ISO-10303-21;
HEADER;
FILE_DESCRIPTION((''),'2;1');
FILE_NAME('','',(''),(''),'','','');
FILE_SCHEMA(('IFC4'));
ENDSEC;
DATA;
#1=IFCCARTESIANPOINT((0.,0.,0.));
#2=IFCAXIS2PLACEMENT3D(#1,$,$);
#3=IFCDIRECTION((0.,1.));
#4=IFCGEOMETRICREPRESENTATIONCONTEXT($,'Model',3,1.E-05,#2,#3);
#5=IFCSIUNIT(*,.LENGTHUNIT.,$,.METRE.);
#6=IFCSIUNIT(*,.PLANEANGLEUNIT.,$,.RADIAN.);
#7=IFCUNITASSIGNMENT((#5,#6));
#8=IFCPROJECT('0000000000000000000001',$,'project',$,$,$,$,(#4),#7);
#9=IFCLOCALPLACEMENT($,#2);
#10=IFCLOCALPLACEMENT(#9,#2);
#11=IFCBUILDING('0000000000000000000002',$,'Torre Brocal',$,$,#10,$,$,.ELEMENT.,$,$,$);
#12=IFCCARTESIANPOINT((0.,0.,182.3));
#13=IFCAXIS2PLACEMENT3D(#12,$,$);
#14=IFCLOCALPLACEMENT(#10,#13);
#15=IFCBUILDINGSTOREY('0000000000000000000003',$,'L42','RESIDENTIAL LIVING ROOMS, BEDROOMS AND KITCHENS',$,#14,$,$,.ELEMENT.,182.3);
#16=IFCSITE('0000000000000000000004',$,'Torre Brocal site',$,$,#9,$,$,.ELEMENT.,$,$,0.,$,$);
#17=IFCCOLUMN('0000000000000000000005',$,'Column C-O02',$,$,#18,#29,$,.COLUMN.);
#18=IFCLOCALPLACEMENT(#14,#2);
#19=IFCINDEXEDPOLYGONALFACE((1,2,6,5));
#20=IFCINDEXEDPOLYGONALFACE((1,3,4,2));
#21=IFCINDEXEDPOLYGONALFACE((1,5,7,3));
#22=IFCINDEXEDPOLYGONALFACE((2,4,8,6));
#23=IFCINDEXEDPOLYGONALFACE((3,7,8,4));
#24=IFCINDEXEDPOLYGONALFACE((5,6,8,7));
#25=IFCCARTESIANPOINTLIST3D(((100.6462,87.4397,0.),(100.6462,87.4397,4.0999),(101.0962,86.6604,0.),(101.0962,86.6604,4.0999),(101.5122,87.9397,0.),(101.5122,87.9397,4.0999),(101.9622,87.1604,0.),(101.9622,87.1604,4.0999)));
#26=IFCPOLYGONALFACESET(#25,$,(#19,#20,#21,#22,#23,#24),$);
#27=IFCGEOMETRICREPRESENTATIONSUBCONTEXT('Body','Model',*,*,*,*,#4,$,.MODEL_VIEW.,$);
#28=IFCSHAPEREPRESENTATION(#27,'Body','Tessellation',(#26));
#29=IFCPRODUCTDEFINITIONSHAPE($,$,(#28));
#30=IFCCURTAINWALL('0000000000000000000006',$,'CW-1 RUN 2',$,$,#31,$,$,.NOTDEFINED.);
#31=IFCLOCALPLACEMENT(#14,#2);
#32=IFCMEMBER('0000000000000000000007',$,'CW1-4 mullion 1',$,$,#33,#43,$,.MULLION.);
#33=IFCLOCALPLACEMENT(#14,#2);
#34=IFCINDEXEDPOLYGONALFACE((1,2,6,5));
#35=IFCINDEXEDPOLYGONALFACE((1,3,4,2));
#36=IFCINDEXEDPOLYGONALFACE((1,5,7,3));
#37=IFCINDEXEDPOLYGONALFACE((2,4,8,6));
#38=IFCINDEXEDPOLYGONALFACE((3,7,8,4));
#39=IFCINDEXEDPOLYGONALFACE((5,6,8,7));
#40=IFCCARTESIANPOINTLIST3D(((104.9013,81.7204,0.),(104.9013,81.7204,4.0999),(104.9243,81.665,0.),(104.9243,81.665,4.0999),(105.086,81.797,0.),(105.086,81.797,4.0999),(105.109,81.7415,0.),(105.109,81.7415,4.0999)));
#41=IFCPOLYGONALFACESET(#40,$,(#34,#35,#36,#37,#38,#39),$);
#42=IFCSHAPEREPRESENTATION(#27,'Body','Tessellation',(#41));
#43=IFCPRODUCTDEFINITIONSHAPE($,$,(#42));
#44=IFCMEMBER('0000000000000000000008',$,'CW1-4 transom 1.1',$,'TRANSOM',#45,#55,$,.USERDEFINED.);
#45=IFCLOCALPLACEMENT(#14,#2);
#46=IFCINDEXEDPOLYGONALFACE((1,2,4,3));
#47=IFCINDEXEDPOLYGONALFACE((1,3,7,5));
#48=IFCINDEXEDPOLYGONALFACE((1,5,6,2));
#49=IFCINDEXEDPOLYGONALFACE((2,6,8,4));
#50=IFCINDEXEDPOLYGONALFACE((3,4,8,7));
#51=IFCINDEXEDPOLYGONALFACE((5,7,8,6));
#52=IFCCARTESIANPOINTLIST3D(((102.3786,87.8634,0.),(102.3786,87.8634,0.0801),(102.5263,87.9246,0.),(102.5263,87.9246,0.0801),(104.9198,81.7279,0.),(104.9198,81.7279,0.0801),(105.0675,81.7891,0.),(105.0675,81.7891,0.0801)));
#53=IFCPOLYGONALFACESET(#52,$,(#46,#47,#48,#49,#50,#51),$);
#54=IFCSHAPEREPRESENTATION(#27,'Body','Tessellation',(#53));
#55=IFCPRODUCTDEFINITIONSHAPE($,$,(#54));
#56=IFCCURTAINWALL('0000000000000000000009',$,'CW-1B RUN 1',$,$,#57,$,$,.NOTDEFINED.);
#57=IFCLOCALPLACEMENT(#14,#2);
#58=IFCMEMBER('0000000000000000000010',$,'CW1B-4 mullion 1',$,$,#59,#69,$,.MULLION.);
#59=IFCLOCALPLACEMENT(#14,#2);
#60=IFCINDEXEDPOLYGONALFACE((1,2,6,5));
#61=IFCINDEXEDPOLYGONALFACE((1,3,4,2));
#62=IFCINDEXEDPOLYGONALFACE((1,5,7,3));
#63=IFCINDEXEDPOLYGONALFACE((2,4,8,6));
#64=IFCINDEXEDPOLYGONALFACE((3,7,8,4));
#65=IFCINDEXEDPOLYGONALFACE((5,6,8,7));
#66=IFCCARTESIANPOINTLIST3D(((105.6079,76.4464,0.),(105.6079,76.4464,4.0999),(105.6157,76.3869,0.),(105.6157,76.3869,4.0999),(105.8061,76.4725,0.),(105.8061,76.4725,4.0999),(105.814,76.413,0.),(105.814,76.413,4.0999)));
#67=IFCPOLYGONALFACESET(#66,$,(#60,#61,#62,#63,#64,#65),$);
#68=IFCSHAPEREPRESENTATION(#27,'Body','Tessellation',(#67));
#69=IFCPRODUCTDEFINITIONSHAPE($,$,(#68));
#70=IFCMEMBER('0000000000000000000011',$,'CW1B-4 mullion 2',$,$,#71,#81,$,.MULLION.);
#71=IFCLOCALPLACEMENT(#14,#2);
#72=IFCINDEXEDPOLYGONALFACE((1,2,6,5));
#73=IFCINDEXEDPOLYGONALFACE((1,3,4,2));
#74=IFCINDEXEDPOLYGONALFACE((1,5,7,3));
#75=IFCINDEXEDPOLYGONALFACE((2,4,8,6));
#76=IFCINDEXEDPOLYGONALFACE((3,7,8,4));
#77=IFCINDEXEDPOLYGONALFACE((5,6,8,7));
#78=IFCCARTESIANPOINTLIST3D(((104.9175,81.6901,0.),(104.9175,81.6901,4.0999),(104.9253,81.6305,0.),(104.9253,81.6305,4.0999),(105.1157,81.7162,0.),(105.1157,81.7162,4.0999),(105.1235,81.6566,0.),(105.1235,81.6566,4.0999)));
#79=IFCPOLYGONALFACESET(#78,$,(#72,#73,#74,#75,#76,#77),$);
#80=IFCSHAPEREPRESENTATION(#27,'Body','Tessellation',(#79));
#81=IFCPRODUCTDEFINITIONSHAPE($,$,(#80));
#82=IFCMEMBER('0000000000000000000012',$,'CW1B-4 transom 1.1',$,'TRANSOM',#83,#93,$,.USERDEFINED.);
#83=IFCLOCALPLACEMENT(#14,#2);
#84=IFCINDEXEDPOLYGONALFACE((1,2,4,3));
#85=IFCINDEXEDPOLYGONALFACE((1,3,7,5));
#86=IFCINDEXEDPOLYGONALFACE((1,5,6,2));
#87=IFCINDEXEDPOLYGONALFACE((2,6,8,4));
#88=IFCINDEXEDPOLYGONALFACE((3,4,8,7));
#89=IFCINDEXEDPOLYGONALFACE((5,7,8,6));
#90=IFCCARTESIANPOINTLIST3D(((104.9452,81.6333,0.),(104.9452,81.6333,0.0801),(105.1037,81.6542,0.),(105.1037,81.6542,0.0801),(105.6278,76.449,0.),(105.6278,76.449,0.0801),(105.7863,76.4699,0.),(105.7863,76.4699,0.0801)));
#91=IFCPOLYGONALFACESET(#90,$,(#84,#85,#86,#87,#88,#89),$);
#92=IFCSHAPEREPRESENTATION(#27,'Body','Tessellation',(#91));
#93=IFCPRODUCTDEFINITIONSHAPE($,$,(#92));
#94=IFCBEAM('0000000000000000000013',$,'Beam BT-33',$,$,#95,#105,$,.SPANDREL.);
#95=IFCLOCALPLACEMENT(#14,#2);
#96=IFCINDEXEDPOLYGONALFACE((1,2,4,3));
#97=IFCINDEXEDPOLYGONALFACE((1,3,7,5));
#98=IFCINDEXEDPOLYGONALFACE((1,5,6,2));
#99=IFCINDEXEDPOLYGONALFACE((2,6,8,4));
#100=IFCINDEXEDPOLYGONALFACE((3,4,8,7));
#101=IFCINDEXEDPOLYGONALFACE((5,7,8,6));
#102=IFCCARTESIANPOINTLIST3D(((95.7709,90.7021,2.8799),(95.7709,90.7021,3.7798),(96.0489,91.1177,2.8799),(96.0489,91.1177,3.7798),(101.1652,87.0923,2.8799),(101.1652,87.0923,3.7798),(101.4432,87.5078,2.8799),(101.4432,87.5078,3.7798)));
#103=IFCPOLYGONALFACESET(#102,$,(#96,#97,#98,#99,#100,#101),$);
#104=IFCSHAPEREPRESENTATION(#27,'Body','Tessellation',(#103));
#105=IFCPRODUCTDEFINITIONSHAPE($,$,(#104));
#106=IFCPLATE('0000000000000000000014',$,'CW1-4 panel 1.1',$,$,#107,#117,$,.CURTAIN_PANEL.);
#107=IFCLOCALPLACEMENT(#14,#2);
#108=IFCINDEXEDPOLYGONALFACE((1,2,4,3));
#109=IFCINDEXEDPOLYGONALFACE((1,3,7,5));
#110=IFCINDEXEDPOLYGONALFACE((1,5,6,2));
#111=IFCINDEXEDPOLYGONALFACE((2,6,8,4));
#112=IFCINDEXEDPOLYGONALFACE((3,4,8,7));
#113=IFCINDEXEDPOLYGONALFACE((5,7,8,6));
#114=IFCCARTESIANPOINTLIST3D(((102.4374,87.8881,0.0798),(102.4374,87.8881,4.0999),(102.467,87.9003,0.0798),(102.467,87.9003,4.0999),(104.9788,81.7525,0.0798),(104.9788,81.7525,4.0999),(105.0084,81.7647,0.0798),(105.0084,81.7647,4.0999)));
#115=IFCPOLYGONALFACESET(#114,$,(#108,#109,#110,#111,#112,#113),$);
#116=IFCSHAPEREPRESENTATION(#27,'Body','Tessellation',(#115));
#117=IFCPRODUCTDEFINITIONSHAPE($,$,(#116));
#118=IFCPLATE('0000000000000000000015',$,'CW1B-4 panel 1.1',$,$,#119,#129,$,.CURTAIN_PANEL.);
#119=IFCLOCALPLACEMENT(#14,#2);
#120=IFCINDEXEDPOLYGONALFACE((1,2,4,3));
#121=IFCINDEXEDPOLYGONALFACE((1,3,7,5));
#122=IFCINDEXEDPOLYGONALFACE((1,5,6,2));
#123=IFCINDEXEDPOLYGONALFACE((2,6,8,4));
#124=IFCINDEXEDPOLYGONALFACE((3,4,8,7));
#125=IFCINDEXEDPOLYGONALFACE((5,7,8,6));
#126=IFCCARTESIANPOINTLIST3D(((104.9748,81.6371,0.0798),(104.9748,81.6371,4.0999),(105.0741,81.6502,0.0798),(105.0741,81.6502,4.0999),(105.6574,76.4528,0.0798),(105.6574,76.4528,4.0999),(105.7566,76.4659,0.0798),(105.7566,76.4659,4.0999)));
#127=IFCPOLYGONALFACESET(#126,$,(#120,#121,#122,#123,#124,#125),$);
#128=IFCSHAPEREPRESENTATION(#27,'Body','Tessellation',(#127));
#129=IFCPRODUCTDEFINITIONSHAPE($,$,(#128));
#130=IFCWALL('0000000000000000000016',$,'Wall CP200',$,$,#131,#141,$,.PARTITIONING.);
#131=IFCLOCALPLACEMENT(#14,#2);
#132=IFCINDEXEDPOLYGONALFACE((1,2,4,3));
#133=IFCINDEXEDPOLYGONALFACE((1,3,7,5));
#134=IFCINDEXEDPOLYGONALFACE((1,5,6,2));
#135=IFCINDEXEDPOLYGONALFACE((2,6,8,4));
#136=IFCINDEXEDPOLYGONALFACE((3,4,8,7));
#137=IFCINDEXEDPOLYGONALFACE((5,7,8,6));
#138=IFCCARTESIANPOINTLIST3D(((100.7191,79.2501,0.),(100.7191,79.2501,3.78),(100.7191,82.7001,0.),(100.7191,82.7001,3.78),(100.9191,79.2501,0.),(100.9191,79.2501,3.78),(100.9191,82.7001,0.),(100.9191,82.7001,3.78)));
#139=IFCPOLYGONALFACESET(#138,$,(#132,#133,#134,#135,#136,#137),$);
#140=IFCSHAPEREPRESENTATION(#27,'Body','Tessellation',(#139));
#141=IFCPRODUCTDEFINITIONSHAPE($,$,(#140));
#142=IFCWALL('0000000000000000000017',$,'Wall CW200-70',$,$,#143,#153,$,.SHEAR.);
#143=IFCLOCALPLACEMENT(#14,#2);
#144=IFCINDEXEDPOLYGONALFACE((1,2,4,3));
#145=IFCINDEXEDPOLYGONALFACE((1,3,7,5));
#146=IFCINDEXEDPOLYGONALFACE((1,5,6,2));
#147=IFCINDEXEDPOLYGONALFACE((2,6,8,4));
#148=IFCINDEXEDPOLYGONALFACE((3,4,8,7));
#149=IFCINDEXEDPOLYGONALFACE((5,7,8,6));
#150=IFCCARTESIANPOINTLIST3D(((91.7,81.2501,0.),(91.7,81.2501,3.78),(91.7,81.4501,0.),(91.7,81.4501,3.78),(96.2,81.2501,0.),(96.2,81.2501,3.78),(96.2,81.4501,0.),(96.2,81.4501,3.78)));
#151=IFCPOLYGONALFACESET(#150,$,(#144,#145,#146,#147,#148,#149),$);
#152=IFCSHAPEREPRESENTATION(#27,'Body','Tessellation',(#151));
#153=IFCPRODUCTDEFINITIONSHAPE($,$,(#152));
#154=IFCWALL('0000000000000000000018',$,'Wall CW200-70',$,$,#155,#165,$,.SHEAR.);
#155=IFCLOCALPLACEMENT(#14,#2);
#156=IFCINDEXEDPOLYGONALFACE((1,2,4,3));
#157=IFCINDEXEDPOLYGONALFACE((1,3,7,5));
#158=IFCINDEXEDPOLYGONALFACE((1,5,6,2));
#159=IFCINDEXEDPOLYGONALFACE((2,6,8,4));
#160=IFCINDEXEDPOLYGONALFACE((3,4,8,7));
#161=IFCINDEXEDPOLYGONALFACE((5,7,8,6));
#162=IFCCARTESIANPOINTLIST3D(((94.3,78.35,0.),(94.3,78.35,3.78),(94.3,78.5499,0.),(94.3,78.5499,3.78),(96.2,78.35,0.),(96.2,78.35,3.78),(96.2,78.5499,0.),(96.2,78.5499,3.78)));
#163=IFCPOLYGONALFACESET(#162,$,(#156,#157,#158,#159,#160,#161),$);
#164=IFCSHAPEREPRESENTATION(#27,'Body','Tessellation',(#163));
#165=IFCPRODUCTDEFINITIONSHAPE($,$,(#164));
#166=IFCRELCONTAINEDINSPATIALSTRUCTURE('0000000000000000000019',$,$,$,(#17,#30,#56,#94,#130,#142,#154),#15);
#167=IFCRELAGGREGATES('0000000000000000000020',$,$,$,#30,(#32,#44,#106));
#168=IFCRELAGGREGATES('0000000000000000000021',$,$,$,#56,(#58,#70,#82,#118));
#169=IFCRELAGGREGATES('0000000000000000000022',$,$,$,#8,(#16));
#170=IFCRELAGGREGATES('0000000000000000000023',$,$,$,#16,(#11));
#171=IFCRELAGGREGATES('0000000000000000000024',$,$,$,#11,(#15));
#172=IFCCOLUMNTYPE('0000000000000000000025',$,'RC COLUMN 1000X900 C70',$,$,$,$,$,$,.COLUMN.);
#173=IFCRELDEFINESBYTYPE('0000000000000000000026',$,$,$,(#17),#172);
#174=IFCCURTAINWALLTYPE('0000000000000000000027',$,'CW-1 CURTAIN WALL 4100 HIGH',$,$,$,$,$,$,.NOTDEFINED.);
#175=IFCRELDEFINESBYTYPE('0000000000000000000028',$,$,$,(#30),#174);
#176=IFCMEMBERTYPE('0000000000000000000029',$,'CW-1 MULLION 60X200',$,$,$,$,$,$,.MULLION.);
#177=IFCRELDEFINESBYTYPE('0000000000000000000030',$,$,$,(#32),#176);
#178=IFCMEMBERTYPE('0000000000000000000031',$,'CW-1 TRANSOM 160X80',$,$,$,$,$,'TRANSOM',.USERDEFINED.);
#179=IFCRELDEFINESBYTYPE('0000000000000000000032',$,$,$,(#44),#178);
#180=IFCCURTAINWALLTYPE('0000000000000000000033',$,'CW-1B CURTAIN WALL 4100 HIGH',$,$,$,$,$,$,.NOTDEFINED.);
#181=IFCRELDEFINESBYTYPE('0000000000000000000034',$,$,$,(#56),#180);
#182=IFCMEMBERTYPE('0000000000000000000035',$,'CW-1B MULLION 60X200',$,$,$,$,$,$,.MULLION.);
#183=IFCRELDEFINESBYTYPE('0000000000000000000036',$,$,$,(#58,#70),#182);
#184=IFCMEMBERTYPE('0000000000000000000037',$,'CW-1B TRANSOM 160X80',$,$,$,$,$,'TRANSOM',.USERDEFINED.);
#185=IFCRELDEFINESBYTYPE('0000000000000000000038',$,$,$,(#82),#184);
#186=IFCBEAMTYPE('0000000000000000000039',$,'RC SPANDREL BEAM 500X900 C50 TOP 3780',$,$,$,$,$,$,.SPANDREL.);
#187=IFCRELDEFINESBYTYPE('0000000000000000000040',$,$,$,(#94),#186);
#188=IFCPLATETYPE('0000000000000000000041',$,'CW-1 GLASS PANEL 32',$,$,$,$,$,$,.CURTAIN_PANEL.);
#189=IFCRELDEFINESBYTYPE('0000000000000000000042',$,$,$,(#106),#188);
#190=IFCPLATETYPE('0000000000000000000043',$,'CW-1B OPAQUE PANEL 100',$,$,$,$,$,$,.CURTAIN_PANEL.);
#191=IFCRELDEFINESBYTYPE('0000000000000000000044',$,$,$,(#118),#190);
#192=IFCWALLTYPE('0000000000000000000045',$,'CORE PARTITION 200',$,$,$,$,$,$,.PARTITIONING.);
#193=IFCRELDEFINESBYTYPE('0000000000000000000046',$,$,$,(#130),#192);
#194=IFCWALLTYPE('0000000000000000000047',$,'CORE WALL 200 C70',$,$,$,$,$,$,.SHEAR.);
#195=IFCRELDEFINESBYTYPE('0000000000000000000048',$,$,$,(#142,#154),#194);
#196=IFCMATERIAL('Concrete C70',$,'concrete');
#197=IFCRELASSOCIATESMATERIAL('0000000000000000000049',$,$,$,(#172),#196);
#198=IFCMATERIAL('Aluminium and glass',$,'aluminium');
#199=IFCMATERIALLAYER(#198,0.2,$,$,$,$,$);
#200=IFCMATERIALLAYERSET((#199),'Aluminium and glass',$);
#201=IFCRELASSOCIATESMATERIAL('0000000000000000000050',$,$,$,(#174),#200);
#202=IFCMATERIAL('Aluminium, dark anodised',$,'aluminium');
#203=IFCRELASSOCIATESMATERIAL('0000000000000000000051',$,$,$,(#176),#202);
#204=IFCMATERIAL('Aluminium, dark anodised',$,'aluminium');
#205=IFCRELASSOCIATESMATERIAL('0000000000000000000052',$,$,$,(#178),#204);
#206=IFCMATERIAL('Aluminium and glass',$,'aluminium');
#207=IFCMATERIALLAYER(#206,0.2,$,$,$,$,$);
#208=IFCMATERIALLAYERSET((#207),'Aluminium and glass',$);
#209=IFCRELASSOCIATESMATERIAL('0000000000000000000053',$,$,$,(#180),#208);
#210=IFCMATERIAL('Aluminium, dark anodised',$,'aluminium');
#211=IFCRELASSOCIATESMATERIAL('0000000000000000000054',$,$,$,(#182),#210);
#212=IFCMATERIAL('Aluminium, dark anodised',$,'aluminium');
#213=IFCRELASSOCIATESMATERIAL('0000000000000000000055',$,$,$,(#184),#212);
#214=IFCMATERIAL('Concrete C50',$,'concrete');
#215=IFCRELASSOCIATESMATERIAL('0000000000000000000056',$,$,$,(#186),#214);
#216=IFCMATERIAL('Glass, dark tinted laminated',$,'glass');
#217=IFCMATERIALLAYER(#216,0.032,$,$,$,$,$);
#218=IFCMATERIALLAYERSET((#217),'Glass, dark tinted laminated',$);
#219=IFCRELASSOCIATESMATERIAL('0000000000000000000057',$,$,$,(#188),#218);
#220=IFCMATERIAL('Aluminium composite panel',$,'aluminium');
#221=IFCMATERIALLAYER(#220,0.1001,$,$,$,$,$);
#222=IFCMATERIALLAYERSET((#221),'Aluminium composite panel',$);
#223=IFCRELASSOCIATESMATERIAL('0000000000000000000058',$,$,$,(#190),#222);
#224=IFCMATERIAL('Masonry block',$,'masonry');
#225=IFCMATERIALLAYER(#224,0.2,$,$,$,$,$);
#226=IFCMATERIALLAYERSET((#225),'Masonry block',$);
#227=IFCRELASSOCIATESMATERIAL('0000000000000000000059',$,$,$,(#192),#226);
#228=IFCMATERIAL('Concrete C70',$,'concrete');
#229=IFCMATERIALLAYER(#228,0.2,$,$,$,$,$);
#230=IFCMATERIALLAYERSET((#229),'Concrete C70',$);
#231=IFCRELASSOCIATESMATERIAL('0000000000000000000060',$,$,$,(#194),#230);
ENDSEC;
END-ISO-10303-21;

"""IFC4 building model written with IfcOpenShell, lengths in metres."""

from ifc_helpers import new_model, si_unit, direction, frame, frame_2d, origin, origin_2d, place, context, subcontext, project, spatial, rectangle, extrude, material, layer, layer_set, material_profile, profile_set, type_object, element, aggregate, save


model = new_model("IFC4")

# Units and contexts
model_context = context("Model", 3, precision=1e-05, world=origin(), true_north=direction((0.0, 1.0)))
body_context = subcontext(model_context, "Body", "Model", "MODEL_VIEW")
ifc_project = project(units=[si_unit("LENGTHUNIT", "METRE"), si_unit("PLANEANGLEUNIT", "RADIAN")], contexts=[model_context])

# Site, building, storey
site_placement = place(None, origin())
site = spatial("IfcSite", under=ifc_project, at=site_placement, Name="Torre Brocal site", CompositionType="ELEMENT", RefElevation=0.0)
building_placement = place(site_placement, origin())
building = spatial("IfcBuilding", under=site, at=building_placement, Name="Torre Brocal", CompositionType="ELEMENT")
storey_placement = place(building_placement, frame((0.0, 0.0, 182.3)))
storey = spatial("IfcBuildingStorey", under=building, at=storey_placement, Name="L42", Description="RESIDENTIAL LIVING ROOMS, BEDROOMS AND KITCHENS", CompositionType="ELEMENT", Elevation=182.3)

# Column
ifc_material_1 = material(Name="Concrete C70", Category="concrete")
ifc_material_profile_1 = material_profile(ifc_material_1, rectangle(XDim=1.0, YDim=0.8999, at=origin_2d()), Name="RC 1000X900")
ifc_profile_set_1 = profile_set([ifc_material_profile_1], Name="Concrete C70")
column_type = type_object("IfcColumnType", Name="RC COLUMN 1000X900 C70", PredefinedType="COLUMN", material=ifc_profile_set_1)
column_placement = place(storey_placement, frame((101.3042, 87.3, 0.0), z_axis=(0.0, 0.0, 1.0), x_axis=(0.866025, 0.5, 0.0)))
element("IfcColumn", 1, at=column_placement, inside=storey, type_object=column_type, Name="Column C-O02", PredefinedType="COLUMN", context=body_context, shape_type="SweptSolid", body=[
    extrude(rectangle(XDim=1.0, YDim=0.8999, at=origin_2d()), origin(), (0.0, 0.0, 1.0), 4.0999),
])

# Curtain walls, members
ifc_material_2 = material(Name="Aluminium and glass", Category="aluminium")
ifc_layer_1 = layer(ifc_material_2, 0.2)
ifc_layer_set_1 = layer_set([ifc_layer_1], Name="Aluminium and glass")
curtain_wall_type_1 = type_object("IfcCurtainWallType", Name="CW-1 CURTAIN WALL 4100 HIGH", PredefinedType="NOTDEFINED", material=ifc_layer_set_1)
curtain_wall_1_placement = place(storey_placement, origin())
curtain_wall_1 = element("IfcCurtainWall", 2, at=curtain_wall_1_placement, inside=storey, type_object=curtain_wall_type_1, Name="CW-1 RUN 2", PredefinedType="NOTDEFINED")
ifc_material_3 = material(Name="Aluminium, dark anodised", Category="aluminium")
ifc_material_profile_2 = material_profile(ifc_material_3, rectangle(XDim=0.2, YDim=0.0601, at=origin_2d()), Name="CW-1 MULLION 60X200")
ifc_profile_set_2 = profile_set([ifc_material_profile_2], Name="Aluminium, dark anodised")
member_type_1 = type_object("IfcMemberType", Name="CW-1 MULLION 60X200", PredefinedType="MULLION", material=ifc_profile_set_2)
member_1_placement = place(storey_placement, frame((105.0051, 81.731, 0.0), z_axis=(0.0, 0.0, 1.0), x_axis=(-0.92388, -0.382683, 0.0)))
member_1 = element("IfcMember", 3, at=member_1_placement, type_object=member_type_1, Name="CW1-4 mullion 1", PredefinedType="MULLION", context=body_context, shape_type="SweptSolid", body=[
    extrude(rectangle(XDim=0.2, YDim=0.0601, at=origin_2d()), origin(), (0.0, 0.0, 1.0), 4.0999),
])
ifc_material_4 = material(Name="Aluminium, dark anodised", Category="aluminium")
ifc_material_profile_3 = material_profile(ifc_material_4, rectangle(XDim=0.1599, YDim=0.0801, at=origin_2d()), Name="CW-1 TRANSOM 160X80")
ifc_profile_set_3 = profile_set([ifc_material_profile_3], Name="Aluminium, dark anodised")
member_type_2 = type_object("IfcMemberType", Name="CW-1 TRANSOM 160X80", ElementType="TRANSOM", PredefinedType="USERDEFINED", material=ifc_profile_set_3)
member_2_placement = place(storey_placement, frame((104.9937, 81.7585, 0.04), z_axis=(-0.382665, 0.923887, 0.0), x_axis=(-0.923887, -0.382665, 0.0)))
member_2 = element("IfcMember", 4, at=member_2_placement, type_object=member_type_2, Name="CW1-4 transom 1.1", ObjectType="TRANSOM", PredefinedType="USERDEFINED", context=body_context, shape_type="SweptSolid", body=[
    extrude(rectangle(XDim=0.1599, YDim=0.0801, at=origin_2d()), origin(), (0.0, 0.0, 1.0), 6.6409),
])
ifc_material_5 = material(Name="Aluminium and glass", Category="aluminium")
ifc_layer_2 = layer(ifc_material_5, 0.2)
ifc_layer_set_2 = layer_set([ifc_layer_2], Name="Aluminium and glass")
curtain_wall_type_2 = type_object("IfcCurtainWallType", Name="CW-1B CURTAIN WALL 4100 HIGH", PredefinedType="NOTDEFINED", material=ifc_layer_set_2)
curtain_wall_2_placement = place(storey_placement, origin())
curtain_wall_2 = element("IfcCurtainWall", 5, at=curtain_wall_2_placement, inside=storey, type_object=curtain_wall_type_2, Name="CW-1B RUN 1", PredefinedType="NOTDEFINED")
ifc_material_6 = material(Name="Aluminium, dark anodised", Category="aluminium")
ifc_material_profile_4 = material_profile(ifc_material_6, rectangle(XDim=0.2, YDim=0.0601, at=origin_2d()), Name="CW-1B MULLION 60X200")
ifc_profile_set_4 = profile_set([ifc_material_profile_4], Name="Aluminium, dark anodised")
member_type_3 = type_object("IfcMemberType", Name="CW-1B MULLION 60X200", PredefinedType="MULLION", material=ifc_profile_set_4)
member_3_placement = place(storey_placement, frame((105.7109, 76.4297, 0.0), z_axis=(0.0, 0.0, 1.0), x_axis=(-0.991445, -0.130526, 0.0)))
member_3 = element("IfcMember", 6, at=member_3_placement, type_object=member_type_3, Name="CW1B-4 mullion 1", PredefinedType="MULLION", context=body_context, shape_type="SweptSolid", body=[
    extrude(rectangle(XDim=0.2, YDim=0.0601, at=origin_2d()), origin(), (0.0, 0.0, 1.0), 4.0999),
])
member_4_placement = place(storey_placement, frame((105.0205, 81.6733, 0.0), z_axis=(0.0, 0.0, 1.0), x_axis=(-0.991445, -0.130526, 0.0)))
member_4 = element("IfcMember", 7, at=member_4_placement, type_object=member_type_3, Name="CW1B-4 mullion 2", PredefinedType="MULLION", context=body_context, shape_type="SweptSolid", body=[
    extrude(rectangle(XDim=0.2, YDim=0.0601, at=origin_2d()), origin(), (0.0, 0.0, 1.0), 4.0999),
])
ifc_material_7 = material(Name="Aluminium, dark anodised", Category="aluminium")
ifc_material_profile_5 = material_profile(ifc_material_7, rectangle(XDim=0.1599, YDim=0.0801, at=origin_2d()), Name="CW-1B TRANSOM 160X80")
ifc_profile_set_5 = profile_set([ifc_material_profile_5], Name="Aluminium, dark anodised")
member_type_4 = type_object("IfcMemberType", Name="CW-1B TRANSOM 160X80", ElementType="TRANSOM", PredefinedType="USERDEFINED", material=ifc_profile_set_5)
member_5_placement = place(storey_placement, frame((105.707, 76.4595, 0.04), z_axis=(-0.130543, 0.991443, 0.0), x_axis=(-0.991443, -0.130543, 0.0)))
member_5 = element("IfcMember", 8, at=member_5_placement, type_object=member_type_4, Name="CW1B-4 transom 1.1", ObjectType="TRANSOM", PredefinedType="USERDEFINED", context=body_context, shape_type="SweptSolid", body=[
    extrude(rectangle(XDim=0.1599, YDim=0.0801, at=origin_2d()), origin(), (0.0, 0.0, 1.0), 5.229),
])

# Beam
ifc_material_8 = material(Name="Concrete C50", Category="concrete")
ifc_material_profile_6 = material_profile(ifc_material_8, rectangle(XDim=0.5, YDim=0.8999, at=origin_2d()), Name="RC 500X900")
ifc_profile_set_6 = profile_set([ifc_material_profile_6], Name="Concrete C50")
beam_type = type_object("IfcBeamType", Name="RC SPANDREL BEAM 500X900 C50 TOP 3780", PredefinedType="SPANDREL", material=ifc_profile_set_6)
beam_placement = place(storey_placement, frame((101.3042, 87.3, 3.3298), z_axis=(-0.831077, 0.556158, 0.0), x_axis=(-0.556158, -0.831077, 0.0)))
element("IfcBeam", 9, at=beam_placement, inside=storey, type_object=beam_type, Name="Beam BT-33", PredefinedType="SPANDREL", context=body_context, shape_type="SweptSolid", body=[
    extrude(rectangle(XDim=0.5, YDim=0.8999, at=origin_2d()), origin(), (0.0, 0.0, 1.0), 6.4907),
])

# Plates
ifc_material_9 = material(Name="Glass, dark tinted laminated", Category="glass")
ifc_layer_3 = layer(ifc_material_9, 0.032)
ifc_layer_set_3 = layer_set([ifc_layer_3], Name="Glass, dark tinted laminated")
plate_type_1 = type_object("IfcPlateType", Name="CW-1 GLASS PANEL 32", PredefinedType="CURTAIN_PANEL", material=ifc_layer_set_3)
plate_1_placement = place(storey_placement, frame((103.7229, 84.8264, 0.0798), z_axis=(0.0, 0.0, 1.0), x_axis=(-0.382683, 0.92388, 0.0)))
plate_1 = element("IfcPlate", 10, at=plate_1_placement, type_object=plate_type_1, Name="CW1-4 panel 1.1", PredefinedType="CURTAIN_PANEL", context=body_context, shape_type="SweptSolid", body=[
    extrude(rectangle(XDim=6.6411, YDim=0.032, at=origin_2d()), origin(), (0.0, 0.0, 1.0), 4.02),
])
aggregate(curtain_wall_1, [member_1, member_2, plate_1])
ifc_material_10 = material(Name="Aluminium composite panel", Category="aluminium")
ifc_layer_4 = layer(ifc_material_10, 0.1001)
ifc_layer_set_4 = layer_set([ifc_layer_4], Name="Aluminium composite panel")
plate_type_2 = type_object("IfcPlateType", Name="CW-1B OPAQUE PANEL 100", PredefinedType="CURTAIN_PANEL", material=ifc_layer_set_4)
plate_2_placement = place(storey_placement, frame((105.3657, 79.0515, 0.0798), z_axis=(0.0, 0.0, 1.0), x_axis=(-0.130526, 0.991445, 0.0)))
plate_2 = element("IfcPlate", 11, at=plate_2_placement, type_object=plate_type_2, Name="CW1B-4 panel 1.1", PredefinedType="CURTAIN_PANEL", context=body_context, shape_type="SweptSolid", body=[
    extrude(rectangle(XDim=5.229, YDim=0.1001, at=origin_2d()), origin(), (0.0, 0.0, 1.0), 4.02),
])
aggregate(curtain_wall_2, [member_3, member_4, member_5, plate_2])

# Walls
ifc_material_11 = material(Name="Masonry block", Category="masonry")
ifc_layer_5 = layer(ifc_material_11, 0.2)
ifc_layer_set_5 = layer_set([ifc_layer_5], Name="Masonry block")
wall_type_1 = type_object("IfcWallType", Name="CORE PARTITION 200", PredefinedType="PARTITIONING", material=ifc_layer_set_5)
wall_1_placement = place(storey_placement, frame((100.8191, 79.25, 0.0), z_axis=(0.0, 0.0, 1.0), x_axis=(0.0, 1.0, 0.0)))
element("IfcWall", 12, at=wall_1_placement, inside=storey, type_object=wall_type_1, Name="Wall CP200", PredefinedType="PARTITIONING", context=body_context, shape_type="SweptSolid", body=[
    extrude(rectangle(XDim=3.45, YDim=0.2, at=frame_2d((1.7251, 0.0))), origin(), (0.0, 0.0, 1.0), 3.78),
])
ifc_material_12 = material(Name="Concrete C70", Category="concrete")
ifc_layer_6 = layer(ifc_material_12, 0.2)
ifc_layer_set_6 = layer_set([ifc_layer_6], Name="Concrete C70")
wall_type_2 = type_object("IfcWallType", Name="CORE WALL 200 C70", PredefinedType="SHEAR", material=ifc_layer_set_6)
wall_2_placement = place(storey_placement, frame((91.7, 81.3501, 0.0), z_axis=(0.0, 0.0, 1.0), x_axis=(1.0, 0.0, 0.0)))
element("IfcWall", 13, at=wall_2_placement, inside=storey, type_object=wall_type_2, Name="Wall CW200-70", PredefinedType="SHEAR", context=body_context, shape_type="SweptSolid", body=[
    extrude(rectangle(XDim=4.5, YDim=0.2, at=frame_2d((2.25, 0.0))), origin(), (0.0, 0.0, 1.0), 3.78),
])
wall_3_placement = place(storey_placement, frame((94.3, 78.45, 0.0), z_axis=(0.0, 0.0, 1.0), x_axis=(1.0, 0.0, 0.0)))
element("IfcWall", 14, at=wall_3_placement, inside=storey, type_object=wall_type_2, Name="Wall CW200-70", PredefinedType="SHEAR", context=body_context, shape_type="SweptSolid", body=[
    extrude(rectangle(XDim=1.8999, YDim=0.2, at=frame_2d((0.95, 0.0))), origin(), (0.0, 0.0, 1.0), 3.78),
])

save(model, "model.ifc")
